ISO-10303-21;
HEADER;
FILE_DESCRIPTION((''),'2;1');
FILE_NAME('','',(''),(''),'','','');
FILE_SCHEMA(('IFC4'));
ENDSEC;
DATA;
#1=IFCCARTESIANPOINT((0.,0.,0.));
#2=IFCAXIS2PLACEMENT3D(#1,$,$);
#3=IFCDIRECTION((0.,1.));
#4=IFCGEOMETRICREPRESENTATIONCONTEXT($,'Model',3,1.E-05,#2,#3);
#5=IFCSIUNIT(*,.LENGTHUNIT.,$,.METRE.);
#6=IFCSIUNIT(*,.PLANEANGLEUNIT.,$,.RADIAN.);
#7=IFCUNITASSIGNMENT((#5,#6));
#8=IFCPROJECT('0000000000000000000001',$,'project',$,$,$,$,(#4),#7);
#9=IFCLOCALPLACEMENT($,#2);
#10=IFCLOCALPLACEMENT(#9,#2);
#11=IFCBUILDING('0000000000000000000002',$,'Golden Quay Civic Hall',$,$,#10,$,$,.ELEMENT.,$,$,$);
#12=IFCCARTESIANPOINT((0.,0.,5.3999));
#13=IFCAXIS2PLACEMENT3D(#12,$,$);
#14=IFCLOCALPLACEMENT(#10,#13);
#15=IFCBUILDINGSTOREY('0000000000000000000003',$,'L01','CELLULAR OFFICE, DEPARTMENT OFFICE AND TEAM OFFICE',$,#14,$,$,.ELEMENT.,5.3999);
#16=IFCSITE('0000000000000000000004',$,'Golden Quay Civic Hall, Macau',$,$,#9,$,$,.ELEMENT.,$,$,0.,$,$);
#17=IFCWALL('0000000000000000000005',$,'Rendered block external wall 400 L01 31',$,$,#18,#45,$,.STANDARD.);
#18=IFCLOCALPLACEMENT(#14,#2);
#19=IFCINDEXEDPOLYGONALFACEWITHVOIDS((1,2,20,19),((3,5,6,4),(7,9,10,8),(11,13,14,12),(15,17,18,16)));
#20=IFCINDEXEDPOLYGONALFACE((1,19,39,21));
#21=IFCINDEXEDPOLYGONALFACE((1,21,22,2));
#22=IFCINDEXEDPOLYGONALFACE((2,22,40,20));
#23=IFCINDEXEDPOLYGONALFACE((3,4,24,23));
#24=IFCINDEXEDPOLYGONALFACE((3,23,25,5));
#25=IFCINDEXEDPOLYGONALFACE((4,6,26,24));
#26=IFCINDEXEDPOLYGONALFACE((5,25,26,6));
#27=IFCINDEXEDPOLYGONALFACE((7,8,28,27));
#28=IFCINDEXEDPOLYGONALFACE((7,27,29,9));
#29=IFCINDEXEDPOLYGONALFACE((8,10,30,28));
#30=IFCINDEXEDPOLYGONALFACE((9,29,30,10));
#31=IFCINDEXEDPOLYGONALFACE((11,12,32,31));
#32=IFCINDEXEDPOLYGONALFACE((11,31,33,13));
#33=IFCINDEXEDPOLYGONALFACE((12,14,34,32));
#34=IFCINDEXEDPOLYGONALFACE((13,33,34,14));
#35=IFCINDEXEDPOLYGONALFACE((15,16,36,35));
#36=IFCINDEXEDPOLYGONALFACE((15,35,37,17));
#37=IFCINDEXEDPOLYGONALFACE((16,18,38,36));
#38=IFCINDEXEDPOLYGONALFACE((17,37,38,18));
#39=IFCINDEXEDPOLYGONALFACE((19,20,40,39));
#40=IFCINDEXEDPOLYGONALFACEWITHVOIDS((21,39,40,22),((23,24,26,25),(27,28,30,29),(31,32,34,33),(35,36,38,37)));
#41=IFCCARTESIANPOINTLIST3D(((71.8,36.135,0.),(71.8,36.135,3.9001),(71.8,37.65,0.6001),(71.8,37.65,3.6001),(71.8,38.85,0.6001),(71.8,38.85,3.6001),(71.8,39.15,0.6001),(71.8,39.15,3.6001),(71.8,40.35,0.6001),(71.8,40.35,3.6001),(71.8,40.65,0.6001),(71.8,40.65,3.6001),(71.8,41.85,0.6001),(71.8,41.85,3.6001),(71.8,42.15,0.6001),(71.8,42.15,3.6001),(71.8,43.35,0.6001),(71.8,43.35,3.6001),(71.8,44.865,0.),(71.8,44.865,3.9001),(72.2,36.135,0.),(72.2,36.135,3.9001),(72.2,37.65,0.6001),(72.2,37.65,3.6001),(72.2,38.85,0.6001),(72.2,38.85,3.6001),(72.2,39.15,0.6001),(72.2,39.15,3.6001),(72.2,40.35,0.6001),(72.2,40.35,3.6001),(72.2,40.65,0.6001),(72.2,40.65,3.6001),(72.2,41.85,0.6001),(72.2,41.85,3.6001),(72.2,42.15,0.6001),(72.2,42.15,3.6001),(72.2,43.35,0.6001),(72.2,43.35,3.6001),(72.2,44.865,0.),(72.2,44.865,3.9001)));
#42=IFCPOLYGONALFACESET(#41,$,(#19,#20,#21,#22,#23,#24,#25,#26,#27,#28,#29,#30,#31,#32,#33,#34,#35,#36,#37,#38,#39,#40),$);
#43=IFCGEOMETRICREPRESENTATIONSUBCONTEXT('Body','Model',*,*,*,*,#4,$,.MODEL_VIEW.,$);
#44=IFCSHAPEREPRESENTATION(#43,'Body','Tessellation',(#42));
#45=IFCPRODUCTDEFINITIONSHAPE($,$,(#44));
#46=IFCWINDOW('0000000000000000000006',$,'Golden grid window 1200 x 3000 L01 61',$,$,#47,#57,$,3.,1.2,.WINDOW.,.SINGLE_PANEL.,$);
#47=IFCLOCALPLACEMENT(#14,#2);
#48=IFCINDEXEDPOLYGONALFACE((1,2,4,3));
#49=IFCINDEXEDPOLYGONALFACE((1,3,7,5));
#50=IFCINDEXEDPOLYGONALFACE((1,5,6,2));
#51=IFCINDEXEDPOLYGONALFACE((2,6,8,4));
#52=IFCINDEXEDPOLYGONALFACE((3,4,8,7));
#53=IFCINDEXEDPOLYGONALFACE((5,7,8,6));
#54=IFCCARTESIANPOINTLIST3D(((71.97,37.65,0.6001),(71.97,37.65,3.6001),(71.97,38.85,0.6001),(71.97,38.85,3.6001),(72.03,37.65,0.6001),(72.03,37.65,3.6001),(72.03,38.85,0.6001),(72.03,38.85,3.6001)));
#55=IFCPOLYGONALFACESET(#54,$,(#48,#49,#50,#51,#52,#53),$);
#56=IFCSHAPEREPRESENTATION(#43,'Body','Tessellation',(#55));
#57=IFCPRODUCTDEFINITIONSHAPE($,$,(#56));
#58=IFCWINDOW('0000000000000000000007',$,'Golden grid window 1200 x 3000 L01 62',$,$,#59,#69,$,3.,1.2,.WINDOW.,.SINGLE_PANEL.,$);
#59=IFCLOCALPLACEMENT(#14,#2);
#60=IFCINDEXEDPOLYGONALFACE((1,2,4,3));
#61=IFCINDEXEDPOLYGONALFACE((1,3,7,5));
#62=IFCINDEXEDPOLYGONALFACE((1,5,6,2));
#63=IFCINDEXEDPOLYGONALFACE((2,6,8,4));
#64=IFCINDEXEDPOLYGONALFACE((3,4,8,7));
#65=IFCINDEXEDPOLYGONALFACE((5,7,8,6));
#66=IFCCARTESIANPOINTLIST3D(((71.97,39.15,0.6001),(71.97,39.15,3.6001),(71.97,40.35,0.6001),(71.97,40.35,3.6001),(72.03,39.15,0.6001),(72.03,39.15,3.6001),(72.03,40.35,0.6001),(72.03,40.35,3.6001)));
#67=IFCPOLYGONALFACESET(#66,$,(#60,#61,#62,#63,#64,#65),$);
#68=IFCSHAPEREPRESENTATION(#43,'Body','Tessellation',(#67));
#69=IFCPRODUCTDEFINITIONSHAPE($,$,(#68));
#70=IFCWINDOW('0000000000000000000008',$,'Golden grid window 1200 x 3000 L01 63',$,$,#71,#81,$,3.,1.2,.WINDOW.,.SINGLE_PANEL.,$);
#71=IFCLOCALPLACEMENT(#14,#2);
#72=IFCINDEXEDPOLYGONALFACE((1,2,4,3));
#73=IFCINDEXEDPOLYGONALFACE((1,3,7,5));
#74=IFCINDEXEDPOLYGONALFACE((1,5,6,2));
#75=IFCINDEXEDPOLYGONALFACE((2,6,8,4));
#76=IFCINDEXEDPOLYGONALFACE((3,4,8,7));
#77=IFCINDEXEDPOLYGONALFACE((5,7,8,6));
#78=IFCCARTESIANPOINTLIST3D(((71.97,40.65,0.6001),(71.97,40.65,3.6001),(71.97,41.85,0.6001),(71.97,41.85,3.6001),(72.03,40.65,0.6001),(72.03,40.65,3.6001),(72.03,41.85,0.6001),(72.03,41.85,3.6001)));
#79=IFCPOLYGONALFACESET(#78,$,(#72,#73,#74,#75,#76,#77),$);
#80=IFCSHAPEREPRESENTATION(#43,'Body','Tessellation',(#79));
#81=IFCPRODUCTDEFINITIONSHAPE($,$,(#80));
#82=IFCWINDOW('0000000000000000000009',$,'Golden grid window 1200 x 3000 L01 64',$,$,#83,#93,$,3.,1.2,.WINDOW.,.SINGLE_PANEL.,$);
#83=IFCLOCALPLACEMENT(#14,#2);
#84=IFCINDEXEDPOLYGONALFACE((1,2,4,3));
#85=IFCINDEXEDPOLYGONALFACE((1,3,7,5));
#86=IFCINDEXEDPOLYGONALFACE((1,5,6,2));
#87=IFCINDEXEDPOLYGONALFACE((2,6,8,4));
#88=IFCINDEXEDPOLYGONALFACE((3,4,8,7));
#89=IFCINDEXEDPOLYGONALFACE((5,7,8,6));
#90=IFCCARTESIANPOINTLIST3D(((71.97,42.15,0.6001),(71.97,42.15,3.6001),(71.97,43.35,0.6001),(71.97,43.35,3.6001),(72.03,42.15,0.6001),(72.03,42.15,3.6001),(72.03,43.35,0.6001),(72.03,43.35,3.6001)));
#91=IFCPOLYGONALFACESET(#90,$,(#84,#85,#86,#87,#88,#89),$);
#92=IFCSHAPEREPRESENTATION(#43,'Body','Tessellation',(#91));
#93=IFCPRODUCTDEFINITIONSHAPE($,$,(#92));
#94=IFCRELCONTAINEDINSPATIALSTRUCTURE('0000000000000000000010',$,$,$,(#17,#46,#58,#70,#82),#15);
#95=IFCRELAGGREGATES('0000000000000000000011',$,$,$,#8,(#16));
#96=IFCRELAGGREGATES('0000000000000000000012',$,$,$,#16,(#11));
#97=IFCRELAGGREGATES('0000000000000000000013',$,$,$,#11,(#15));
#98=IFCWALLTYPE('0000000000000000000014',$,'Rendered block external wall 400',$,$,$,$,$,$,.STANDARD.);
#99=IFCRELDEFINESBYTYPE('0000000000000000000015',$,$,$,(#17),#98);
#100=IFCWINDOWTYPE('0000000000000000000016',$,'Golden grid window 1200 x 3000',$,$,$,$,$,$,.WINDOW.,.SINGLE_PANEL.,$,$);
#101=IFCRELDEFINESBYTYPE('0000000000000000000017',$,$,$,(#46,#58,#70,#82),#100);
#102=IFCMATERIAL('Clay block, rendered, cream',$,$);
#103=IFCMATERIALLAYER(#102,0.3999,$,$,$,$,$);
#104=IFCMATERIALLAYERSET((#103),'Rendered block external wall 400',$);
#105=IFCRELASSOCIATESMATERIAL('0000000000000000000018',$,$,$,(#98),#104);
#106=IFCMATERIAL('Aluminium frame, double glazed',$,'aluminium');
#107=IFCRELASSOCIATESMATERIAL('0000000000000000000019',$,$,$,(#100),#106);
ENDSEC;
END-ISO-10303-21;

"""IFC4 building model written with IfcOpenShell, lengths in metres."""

from ifc_helpers import new_model, si_unit, direction, frame, frame_2d, origin, place, context, subcontext, project, spatial, rectangle, extrude, material, layer, layer_set, type_object, element, fill, save


model = new_model("IFC4")

# Units and contexts
model_context = context("Model", 3, precision=1e-05, world=origin(), true_north=direction((0.0, 1.0)))
body_context = subcontext(model_context, "Body", "Model", "MODEL_VIEW")
ifc_project = project(units=[si_unit("LENGTHUNIT", "METRE"), si_unit("PLANEANGLEUNIT", "RADIAN")], contexts=[model_context])

# Site, building, storey
site_placement = place(None, origin())
site = spatial("IfcSite", under=ifc_project, at=site_placement, Name="Golden Quay Civic Hall, Macau", CompositionType="ELEMENT", RefElevation=0.0)
building_placement = place(site_placement, origin())
building = spatial("IfcBuilding", under=site, at=building_placement, Name="Golden Quay Civic Hall", CompositionType="ELEMENT")
storey_placement = place(building_placement, frame((0.0, 0.0, 5.3999)))
storey = spatial("IfcBuildingStorey", under=building, at=storey_placement, Name="L01", Description="CELLULAR OFFICE, DEPARTMENT OFFICE AND TEAM OFFICE", CompositionType="ELEMENT", Elevation=5.3999)

# Wall, openings, windows
ifc_material_1 = material(Name="Clay block, rendered, cream")
ifc_layer_1 = layer(ifc_material_1, 0.3999)
ifc_layer_set_1 = layer_set([ifc_layer_1], Name="Rendered block external wall 400")
wall_type_1 = type_object("IfcWallType", Name="Rendered block external wall 400", PredefinedType="STANDARD", material=ifc_layer_set_1)
wall_1_placement = place(storey_placement, frame((72.0, 44.865, 0.0), z_axis=(0.0, 0.0, 1.0), x_axis=(0.0, -1.0, 0.0)))
wall_1 = element("IfcWall", 1, at=wall_1_placement, inside=storey, type_object=wall_type_1, Name="Rendered block external wall 400 L01 31", PredefinedType="STANDARD", context=body_context, shape_type="SweptSolid", body=[
    extrude(rectangle(XDim=8.73, YDim=0.3999, at=frame_2d((4.365, 0.0))), origin(), (0.0, 0.0, 1.0), 3.9001),
])
opening_1_placement = place(wall_1_placement, frame((6.0149, 0.0, 0.6001)))
opening_1 = element("IfcOpeningElement", 2, at=opening_1_placement, cuts=wall_1, PredefinedType="OPENING", context=body_context, shape_type="SweptSolid", body=[
    extrude(rectangle(XDim=1.2, YDim=3.0, at=frame_2d((0.6001, 1.5))), frame((0.0, 0.21, 0.0), z_axis=(0.0, -1.0, 0.0), x_axis=(1.0, 0.0, 0.0)), (0.0, 0.0, 1.0), 0.4199),
])
opening_2_placement = place(wall_1_placement, frame((4.5149, 0.0, 0.6001)))
opening_2 = element("IfcOpeningElement", 3, at=opening_2_placement, cuts=wall_1, PredefinedType="OPENING", context=body_context, shape_type="SweptSolid", body=[
    extrude(rectangle(XDim=1.2, YDim=3.0, at=frame_2d((0.6001, 1.5))), frame((0.0, 0.21, 0.0), z_axis=(0.0, -1.0, 0.0), x_axis=(1.0, 0.0, 0.0)), (0.0, 0.0, 1.0), 0.4199),
])
opening_3_placement = place(wall_1_placement, frame((3.0149, 0.0, 0.6001)))
opening_3 = element("IfcOpeningElement", 4, at=opening_3_placement, cuts=wall_1, PredefinedType="OPENING", context=body_context, shape_type="SweptSolid", body=[
    extrude(rectangle(XDim=1.2, YDim=3.0, at=frame_2d((0.6001, 1.5))), frame((0.0, 0.21, 0.0), z_axis=(0.0, -1.0, 0.0), x_axis=(1.0, 0.0, 0.0)), (0.0, 0.0, 1.0), 0.4199),
])
opening_4_placement = place(wall_1_placement, frame((1.5149, 0.0, 0.6001)))
opening_4 = element("IfcOpeningElement", 5, at=opening_4_placement, cuts=wall_1, PredefinedType="OPENING", context=body_context, shape_type="SweptSolid", body=[
    extrude(rectangle(XDim=1.2, YDim=3.0, at=frame_2d((0.6001, 1.5))), frame((0.0, 0.21, 0.0), z_axis=(0.0, -1.0, 0.0), x_axis=(1.0, 0.0, 0.0)), (0.0, 0.0, 1.0), 0.4199),
])
ifc_material_2 = material(Name="Aluminium frame, double glazed", Category="aluminium")
window_type = type_object("IfcWindowType", Name="Golden grid window 1200 x 3000", PartitioningType="SINGLE_PANEL", PredefinedType="WINDOW", material=ifc_material_2)
window_1_placement = place(opening_1_placement, origin())
window_1 = element("IfcWindow", 6, at=window_1_placement, inside=storey, type_object=window_type, Name="Golden grid window 1200 x 3000 L01 61", OverallHeight=3.0, OverallWidth=1.2, PartitioningType="SINGLE_PANEL", PredefinedType="WINDOW", context=body_context, shape_type="SweptSolid", body=[
    extrude(rectangle(XDim=1.2, YDim=3.0, at=frame_2d((0.6001, 1.5))), frame((0.0, 0.03, 0.0), z_axis=(0.0, -1.0, 0.0), x_axis=(1.0, 0.0, 0.0)), (0.0, 0.0, 1.0), 0.0601),
])
fill(opening_1, window_1)
window_2_placement = place(opening_2_placement, origin())
window_2 = element("IfcWindow", 7, at=window_2_placement, inside=storey, type_object=window_type, Name="Golden grid window 1200 x 3000 L01 62", OverallHeight=3.0, OverallWidth=1.2, PartitioningType="SINGLE_PANEL", PredefinedType="WINDOW", context=body_context, shape_type="SweptSolid", body=[
    extrude(rectangle(XDim=1.2, YDim=3.0, at=frame_2d((0.6001, 1.5))), frame((0.0, 0.03, 0.0), z_axis=(0.0, -1.0, 0.0), x_axis=(1.0, 0.0, 0.0)), (0.0, 0.0, 1.0), 0.0601),
])
fill(opening_2, window_2)
window_3_placement = place(opening_3_placement, origin())
window_3 = element("IfcWindow", 8, at=window_3_placement, inside=storey, type_object=window_type, Name="Golden grid window 1200 x 3000 L01 63", OverallHeight=3.0, OverallWidth=1.2, PartitioningType="SINGLE_PANEL", PredefinedType="WINDOW", context=body_context, shape_type="SweptSolid", body=[
    extrude(rectangle(XDim=1.2, YDim=3.0, at=frame_2d((0.6001, 1.5))), frame((0.0, 0.03, 0.0), z_axis=(0.0, -1.0, 0.0), x_axis=(1.0, 0.0, 0.0)), (0.0, 0.0, 1.0), 0.0601),
])
fill(opening_3, window_3)
window_4_placement = place(opening_4_placement, origin())
window_4 = element("IfcWindow", 9, at=window_4_placement, inside=storey, type_object=window_type, Name="Golden grid window 1200 x 3000 L01 64", OverallHeight=3.0, OverallWidth=1.2, PartitioningType="SINGLE_PANEL", PredefinedType="WINDOW", context=body_context, shape_type="SweptSolid", body=[
    extrude(rectangle(XDim=1.2, YDim=3.0, at=frame_2d((0.6001, 1.5))), frame((0.0, 0.03, 0.0), z_axis=(0.0, -1.0, 0.0), x_axis=(1.0, 0.0, 0.0)), (0.0, 0.0, 1.0), 0.0601),
])
fill(opening_4, window_4)

save(model, "model.ifc")
